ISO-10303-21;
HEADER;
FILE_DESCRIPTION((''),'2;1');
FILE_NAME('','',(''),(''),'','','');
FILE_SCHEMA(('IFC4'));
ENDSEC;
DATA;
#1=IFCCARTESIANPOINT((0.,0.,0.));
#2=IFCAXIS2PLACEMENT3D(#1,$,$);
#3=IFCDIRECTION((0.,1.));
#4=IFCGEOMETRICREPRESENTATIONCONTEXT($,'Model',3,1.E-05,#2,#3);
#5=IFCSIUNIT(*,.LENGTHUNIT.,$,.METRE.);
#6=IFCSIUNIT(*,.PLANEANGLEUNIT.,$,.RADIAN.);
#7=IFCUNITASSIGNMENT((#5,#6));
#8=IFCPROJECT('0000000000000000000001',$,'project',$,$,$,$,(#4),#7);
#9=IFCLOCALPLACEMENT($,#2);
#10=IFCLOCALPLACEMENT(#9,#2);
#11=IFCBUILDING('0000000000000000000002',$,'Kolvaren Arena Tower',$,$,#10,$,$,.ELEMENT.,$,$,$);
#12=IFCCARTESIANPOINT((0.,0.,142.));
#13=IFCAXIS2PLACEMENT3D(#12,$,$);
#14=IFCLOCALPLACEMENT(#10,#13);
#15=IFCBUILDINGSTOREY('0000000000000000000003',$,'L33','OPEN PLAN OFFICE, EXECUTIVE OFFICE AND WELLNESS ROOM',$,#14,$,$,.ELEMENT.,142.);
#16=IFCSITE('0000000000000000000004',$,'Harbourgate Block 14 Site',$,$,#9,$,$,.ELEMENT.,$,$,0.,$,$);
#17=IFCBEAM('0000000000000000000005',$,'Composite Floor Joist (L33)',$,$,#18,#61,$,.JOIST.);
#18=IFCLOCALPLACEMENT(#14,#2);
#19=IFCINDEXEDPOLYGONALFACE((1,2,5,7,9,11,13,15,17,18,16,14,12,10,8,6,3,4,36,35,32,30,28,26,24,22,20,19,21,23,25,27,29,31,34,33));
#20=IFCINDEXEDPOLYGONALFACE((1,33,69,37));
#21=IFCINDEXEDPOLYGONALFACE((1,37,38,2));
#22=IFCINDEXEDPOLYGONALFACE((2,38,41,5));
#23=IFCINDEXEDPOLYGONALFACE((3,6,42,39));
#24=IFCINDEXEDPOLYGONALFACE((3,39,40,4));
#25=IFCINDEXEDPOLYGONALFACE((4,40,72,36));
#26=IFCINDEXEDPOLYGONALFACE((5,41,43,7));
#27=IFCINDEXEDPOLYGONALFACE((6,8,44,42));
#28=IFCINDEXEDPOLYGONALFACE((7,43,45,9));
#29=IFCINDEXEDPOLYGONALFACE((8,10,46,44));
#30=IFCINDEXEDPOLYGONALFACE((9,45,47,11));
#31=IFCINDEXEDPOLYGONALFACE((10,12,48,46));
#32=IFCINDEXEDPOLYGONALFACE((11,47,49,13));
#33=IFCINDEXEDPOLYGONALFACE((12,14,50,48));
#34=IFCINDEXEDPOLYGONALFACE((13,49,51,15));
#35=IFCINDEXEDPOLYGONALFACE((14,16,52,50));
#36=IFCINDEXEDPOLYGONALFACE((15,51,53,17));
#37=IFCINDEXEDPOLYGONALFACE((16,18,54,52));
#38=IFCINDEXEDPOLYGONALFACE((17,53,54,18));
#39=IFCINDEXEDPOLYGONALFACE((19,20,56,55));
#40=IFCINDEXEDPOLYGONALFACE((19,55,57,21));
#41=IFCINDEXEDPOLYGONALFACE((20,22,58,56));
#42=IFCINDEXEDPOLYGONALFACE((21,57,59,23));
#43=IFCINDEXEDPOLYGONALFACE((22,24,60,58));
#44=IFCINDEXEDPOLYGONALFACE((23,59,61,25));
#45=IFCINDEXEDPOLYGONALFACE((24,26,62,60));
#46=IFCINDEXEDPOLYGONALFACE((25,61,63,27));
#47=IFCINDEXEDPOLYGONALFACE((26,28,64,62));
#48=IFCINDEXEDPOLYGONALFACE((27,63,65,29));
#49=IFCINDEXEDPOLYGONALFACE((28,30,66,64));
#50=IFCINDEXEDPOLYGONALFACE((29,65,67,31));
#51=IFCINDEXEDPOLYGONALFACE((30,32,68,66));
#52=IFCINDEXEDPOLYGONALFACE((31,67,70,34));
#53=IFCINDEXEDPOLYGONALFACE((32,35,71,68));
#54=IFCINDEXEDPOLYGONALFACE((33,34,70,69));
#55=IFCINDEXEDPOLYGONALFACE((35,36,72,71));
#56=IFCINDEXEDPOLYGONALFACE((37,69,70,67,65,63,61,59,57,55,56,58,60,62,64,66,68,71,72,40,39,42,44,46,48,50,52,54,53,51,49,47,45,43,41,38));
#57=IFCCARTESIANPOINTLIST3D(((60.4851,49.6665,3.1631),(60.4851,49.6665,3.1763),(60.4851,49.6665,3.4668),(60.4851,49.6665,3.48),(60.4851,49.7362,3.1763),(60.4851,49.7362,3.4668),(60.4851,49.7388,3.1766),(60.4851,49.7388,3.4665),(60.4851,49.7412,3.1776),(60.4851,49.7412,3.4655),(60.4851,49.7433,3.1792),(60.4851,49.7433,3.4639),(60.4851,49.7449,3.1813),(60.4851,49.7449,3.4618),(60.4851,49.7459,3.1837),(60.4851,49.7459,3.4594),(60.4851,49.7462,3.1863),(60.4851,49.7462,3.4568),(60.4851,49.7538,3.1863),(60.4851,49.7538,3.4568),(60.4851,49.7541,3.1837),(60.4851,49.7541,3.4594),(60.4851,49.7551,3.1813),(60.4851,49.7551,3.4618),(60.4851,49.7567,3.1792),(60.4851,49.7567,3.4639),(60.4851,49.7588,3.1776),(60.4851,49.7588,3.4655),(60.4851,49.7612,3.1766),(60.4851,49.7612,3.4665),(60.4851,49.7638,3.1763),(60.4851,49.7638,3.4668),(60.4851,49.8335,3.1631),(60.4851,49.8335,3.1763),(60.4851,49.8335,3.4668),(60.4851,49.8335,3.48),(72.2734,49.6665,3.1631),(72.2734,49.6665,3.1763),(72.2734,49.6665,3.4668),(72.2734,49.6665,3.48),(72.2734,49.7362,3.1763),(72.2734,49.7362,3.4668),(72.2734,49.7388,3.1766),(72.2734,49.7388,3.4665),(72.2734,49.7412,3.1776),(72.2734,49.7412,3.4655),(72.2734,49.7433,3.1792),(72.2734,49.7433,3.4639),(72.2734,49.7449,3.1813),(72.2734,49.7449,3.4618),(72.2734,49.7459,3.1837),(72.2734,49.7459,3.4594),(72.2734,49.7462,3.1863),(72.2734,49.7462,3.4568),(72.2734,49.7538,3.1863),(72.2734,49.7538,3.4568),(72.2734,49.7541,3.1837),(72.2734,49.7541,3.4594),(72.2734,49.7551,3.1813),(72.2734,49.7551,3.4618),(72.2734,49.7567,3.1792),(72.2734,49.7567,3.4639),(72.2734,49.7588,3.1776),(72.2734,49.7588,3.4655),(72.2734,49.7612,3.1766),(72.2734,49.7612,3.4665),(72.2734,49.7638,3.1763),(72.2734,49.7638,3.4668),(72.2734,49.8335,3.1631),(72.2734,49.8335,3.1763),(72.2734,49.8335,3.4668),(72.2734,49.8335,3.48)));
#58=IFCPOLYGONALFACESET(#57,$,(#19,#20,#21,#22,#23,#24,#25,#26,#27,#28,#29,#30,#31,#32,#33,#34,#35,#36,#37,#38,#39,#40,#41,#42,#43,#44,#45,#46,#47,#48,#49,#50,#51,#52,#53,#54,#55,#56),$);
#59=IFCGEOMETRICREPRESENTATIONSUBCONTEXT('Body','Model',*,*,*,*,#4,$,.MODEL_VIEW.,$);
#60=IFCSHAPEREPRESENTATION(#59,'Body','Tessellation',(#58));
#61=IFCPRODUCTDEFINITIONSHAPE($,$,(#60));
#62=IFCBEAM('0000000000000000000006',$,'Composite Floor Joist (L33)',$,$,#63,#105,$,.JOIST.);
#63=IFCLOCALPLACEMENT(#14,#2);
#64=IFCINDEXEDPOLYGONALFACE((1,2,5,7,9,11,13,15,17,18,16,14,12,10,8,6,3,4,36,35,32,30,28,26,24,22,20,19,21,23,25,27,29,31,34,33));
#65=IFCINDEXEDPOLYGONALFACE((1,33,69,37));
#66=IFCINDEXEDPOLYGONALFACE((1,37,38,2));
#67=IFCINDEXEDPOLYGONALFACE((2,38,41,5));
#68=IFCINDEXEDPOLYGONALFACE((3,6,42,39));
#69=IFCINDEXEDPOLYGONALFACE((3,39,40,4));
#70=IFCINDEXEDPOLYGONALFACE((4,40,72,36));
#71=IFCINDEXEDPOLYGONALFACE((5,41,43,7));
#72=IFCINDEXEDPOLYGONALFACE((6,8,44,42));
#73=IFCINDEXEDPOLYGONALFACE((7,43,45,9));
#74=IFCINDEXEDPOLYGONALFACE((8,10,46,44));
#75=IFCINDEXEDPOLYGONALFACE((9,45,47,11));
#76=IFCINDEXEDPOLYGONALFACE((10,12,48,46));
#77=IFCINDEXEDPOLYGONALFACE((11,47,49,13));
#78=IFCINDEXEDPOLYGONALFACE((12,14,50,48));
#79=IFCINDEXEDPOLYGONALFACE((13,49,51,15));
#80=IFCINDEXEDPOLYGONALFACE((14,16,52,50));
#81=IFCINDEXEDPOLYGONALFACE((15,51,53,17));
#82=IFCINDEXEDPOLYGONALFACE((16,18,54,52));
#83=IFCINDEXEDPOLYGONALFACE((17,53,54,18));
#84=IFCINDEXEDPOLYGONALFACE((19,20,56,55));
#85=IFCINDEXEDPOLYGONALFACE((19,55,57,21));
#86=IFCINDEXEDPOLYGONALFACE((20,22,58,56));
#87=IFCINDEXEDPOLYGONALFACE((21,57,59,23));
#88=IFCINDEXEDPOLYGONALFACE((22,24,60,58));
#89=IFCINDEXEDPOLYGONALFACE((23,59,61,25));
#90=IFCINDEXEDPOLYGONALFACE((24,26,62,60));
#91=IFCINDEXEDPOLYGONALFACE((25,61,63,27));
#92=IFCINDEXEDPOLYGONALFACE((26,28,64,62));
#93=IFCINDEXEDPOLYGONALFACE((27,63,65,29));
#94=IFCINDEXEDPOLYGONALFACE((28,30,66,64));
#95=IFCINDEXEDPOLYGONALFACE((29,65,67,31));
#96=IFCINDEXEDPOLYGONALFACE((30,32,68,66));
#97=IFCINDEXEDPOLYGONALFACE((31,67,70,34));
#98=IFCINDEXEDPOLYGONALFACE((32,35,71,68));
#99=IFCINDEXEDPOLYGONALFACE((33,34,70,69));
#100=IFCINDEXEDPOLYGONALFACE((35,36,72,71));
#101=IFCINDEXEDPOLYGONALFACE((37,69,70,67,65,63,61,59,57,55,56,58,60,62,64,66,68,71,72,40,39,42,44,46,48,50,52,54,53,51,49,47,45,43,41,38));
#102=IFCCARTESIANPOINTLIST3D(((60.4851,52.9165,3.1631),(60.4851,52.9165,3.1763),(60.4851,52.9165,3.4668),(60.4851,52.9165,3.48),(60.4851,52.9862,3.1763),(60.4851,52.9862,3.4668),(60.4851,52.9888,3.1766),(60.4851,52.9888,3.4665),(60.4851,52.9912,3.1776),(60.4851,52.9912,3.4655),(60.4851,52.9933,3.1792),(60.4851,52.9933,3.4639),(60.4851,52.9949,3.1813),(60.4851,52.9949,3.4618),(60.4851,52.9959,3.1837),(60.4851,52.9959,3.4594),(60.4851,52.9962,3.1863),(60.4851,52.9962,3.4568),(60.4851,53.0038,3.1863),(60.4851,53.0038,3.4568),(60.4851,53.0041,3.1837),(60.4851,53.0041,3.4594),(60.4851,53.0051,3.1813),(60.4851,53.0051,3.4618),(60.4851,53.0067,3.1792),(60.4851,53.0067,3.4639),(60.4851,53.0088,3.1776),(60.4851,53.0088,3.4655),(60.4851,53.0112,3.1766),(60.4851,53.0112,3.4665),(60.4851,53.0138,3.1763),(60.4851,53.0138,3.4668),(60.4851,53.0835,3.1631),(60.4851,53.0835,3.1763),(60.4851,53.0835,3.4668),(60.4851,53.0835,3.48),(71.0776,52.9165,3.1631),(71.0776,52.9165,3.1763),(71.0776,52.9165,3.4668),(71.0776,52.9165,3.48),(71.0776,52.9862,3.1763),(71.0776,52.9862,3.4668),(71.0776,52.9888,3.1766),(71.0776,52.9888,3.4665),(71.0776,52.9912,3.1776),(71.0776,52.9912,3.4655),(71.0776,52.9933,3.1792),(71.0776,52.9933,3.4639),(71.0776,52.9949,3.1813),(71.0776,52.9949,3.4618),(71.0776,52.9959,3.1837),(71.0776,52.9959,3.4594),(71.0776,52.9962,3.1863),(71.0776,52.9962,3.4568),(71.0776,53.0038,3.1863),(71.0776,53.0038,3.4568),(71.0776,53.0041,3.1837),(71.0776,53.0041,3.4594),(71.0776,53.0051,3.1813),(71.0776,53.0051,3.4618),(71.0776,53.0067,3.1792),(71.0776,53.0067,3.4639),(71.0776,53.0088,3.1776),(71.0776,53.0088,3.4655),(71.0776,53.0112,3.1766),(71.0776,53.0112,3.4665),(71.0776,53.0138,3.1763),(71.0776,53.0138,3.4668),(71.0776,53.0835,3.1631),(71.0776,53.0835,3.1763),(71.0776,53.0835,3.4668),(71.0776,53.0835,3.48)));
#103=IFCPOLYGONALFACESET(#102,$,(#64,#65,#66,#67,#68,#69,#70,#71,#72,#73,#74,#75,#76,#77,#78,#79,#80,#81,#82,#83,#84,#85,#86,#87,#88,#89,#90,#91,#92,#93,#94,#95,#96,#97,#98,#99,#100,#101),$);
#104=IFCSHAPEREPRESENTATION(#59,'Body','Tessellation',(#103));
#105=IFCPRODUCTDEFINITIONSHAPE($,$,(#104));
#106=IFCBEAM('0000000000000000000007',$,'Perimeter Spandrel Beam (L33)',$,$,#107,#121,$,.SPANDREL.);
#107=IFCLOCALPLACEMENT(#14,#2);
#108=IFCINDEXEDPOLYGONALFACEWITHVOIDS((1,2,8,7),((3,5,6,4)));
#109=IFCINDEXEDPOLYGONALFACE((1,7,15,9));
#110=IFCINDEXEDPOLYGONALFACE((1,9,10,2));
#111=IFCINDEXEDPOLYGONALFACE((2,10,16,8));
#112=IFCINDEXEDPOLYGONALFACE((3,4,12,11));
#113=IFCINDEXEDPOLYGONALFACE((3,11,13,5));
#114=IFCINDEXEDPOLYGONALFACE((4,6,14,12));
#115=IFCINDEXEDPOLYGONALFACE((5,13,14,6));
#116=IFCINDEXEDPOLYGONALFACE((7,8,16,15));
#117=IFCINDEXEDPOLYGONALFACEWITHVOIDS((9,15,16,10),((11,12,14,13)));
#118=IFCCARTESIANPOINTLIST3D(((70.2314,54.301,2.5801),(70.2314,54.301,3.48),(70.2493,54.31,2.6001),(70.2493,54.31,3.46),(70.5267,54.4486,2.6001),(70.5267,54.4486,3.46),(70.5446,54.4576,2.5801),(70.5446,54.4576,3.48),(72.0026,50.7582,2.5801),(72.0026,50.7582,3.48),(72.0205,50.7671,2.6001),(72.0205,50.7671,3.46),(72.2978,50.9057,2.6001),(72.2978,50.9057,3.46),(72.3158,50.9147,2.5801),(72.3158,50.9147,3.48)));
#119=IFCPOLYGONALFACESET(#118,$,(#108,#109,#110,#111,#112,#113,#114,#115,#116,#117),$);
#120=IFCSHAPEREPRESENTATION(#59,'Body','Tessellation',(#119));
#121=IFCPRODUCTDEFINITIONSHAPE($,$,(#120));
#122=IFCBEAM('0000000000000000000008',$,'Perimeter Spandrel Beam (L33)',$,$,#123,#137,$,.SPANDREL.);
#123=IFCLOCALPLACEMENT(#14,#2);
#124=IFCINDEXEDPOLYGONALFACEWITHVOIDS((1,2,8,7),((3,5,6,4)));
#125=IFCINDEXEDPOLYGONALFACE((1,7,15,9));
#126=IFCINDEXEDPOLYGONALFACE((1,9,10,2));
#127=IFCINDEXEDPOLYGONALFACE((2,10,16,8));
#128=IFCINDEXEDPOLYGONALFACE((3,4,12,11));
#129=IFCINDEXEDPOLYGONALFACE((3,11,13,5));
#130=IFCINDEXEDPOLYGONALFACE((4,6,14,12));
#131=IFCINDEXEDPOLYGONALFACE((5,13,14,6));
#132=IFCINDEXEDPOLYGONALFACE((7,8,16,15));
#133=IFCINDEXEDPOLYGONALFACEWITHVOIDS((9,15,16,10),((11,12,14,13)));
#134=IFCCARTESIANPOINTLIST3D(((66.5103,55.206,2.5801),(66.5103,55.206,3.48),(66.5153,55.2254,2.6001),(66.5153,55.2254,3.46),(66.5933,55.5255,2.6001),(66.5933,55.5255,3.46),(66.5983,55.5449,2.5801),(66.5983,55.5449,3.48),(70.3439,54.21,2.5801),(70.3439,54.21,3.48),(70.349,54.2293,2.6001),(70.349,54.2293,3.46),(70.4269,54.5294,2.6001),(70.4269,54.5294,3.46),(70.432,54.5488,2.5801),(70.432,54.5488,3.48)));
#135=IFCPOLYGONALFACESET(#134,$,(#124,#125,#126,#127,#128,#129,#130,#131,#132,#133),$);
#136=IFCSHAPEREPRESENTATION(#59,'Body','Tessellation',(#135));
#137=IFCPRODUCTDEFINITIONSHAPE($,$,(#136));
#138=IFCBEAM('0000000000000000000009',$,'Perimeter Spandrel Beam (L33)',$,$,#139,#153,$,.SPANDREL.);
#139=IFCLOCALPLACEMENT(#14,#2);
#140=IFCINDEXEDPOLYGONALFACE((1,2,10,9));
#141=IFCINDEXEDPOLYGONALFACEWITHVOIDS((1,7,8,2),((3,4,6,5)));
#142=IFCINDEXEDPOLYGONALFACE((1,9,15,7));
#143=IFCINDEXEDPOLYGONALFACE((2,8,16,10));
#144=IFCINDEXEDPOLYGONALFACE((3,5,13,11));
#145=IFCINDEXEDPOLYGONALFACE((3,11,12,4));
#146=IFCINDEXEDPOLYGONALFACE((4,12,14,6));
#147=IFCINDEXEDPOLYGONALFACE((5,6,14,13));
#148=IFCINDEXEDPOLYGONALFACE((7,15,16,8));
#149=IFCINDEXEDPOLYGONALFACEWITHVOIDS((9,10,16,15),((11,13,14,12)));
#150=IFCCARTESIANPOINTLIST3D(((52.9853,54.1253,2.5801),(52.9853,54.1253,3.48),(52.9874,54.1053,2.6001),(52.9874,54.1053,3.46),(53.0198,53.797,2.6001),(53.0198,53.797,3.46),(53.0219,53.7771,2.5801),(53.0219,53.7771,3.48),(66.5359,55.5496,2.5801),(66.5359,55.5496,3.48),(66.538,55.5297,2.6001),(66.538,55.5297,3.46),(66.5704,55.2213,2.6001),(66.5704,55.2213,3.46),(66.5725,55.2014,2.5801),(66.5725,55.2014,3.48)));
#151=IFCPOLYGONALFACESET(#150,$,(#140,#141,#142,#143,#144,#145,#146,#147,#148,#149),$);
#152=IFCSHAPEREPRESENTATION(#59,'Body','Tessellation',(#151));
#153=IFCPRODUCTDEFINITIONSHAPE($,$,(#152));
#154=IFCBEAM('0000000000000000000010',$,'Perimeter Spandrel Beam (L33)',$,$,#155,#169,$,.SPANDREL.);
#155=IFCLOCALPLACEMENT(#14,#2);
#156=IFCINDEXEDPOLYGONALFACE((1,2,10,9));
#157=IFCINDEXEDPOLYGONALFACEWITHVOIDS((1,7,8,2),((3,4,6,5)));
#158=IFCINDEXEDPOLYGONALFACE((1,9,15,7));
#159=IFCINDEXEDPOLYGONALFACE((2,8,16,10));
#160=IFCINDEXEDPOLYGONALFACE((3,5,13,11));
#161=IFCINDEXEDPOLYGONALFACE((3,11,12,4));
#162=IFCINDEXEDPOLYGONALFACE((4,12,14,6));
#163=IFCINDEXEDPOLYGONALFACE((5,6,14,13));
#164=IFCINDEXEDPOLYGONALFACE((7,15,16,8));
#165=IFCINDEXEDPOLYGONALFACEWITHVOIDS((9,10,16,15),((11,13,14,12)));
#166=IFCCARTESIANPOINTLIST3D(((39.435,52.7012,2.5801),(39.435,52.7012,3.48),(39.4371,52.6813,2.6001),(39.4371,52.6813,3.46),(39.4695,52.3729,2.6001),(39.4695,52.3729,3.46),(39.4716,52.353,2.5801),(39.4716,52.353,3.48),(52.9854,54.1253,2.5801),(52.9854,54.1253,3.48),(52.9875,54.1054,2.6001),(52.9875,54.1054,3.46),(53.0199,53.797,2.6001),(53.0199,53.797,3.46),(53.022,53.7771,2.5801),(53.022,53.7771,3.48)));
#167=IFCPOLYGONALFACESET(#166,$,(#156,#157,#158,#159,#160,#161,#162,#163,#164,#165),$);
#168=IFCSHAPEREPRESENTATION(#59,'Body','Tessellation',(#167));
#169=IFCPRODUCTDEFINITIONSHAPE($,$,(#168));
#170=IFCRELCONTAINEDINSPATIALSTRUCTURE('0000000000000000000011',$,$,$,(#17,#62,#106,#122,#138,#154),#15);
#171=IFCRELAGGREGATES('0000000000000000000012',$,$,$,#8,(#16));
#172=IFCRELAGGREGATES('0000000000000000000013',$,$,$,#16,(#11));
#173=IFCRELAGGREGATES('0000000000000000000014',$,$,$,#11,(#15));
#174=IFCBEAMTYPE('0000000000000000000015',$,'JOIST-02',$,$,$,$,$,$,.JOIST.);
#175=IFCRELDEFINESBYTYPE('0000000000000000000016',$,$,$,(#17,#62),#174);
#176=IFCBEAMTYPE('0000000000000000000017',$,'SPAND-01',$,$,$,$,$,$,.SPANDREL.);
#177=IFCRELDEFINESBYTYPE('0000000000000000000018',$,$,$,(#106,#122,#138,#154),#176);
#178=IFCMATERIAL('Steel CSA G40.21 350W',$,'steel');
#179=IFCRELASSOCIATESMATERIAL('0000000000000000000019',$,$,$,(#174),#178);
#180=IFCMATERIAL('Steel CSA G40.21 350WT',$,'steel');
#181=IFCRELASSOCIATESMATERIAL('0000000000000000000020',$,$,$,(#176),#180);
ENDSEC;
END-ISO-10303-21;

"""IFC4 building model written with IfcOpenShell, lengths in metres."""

from ifc_helpers import new_model, si_unit, direction, frame, origin, origin_2d, place, context, subcontext, project, spatial, hollow_rectangle, i_section, extrude, material, material_profile, profile_set, type_object, element, save


model = new_model("IFC4")

# Units and contexts
model_context = context("Model", 3, precision=1e-05, world=origin(), true_north=direction((0.0, 1.0)))
body_context = subcontext(model_context, "Body", "Model", "MODEL_VIEW")
ifc_project = project(units=[si_unit("LENGTHUNIT", "METRE"), si_unit("PLANEANGLEUNIT", "RADIAN")], contexts=[model_context])

# Site, building, storey
site_placement = place(None, origin())
site = spatial("IfcSite", under=ifc_project, at=site_placement, Name="Harbourgate Block 14 Site", CompositionType="ELEMENT", RefElevation=0.0)
building_placement = place(site_placement, origin())
building = spatial("IfcBuilding", under=site, at=building_placement, Name="Kolvaren Arena Tower", CompositionType="ELEMENT")
storey_placement = place(building_placement, frame((0.0, 0.0, 142.0)))
storey = spatial("IfcBuildingStorey", under=building, at=storey_placement, Name="L33", Description="OPEN PLAN OFFICE, EXECUTIVE OFFICE AND WELLNESS ROOM", CompositionType="ELEMENT", Elevation=142.0)

# Beams
ifc_material_1 = material(Name="Steel CSA G40.21 350W", Category="steel")
ifc_material_profile_1 = material_profile(ifc_material_1, i_section(OverallWidth=0.167, OverallDepth=0.3169, WebThickness=0.0076, FlangeThickness=0.0132, FilletRadius=0.01, at=origin_2d()), Name="W310x52")
ifc_profile_set_1 = profile_set([ifc_material_profile_1], Name="Steel CSA G40.21 350W")
beam_type_1 = type_object("IfcBeamType", Name="JOIST-02", PredefinedType="JOIST", material=ifc_profile_set_1)
beam_1_placement = place(storey_placement, frame((60.4851, 49.75, 3.3215), z_axis=(1.0, 0.0, 0.0), x_axis=(0.0, 1.0, 0.0)))
element("IfcBeam", 1, at=beam_1_placement, inside=storey, type_object=beam_type_1, Name="Composite Floor Joist (L33)", PredefinedType="JOIST", context=body_context, shape_type="SweptSolid", body=[
    extrude(i_section(OverallWidth=0.167, OverallDepth=0.3169, WebThickness=0.0076, FlangeThickness=0.0132, FilletRadius=0.01, at=origin_2d()), origin(), (0.0, 0.0, 1.0), 11.7883),
])
beam_2_placement = place(storey_placement, frame((60.4851, 53.0, 3.3215), z_axis=(1.0, 0.0, 0.0), x_axis=(0.0, 1.0, 0.0)))
element("IfcBeam", 2, at=beam_2_placement, inside=storey, type_object=beam_type_1, Name="Composite Floor Joist (L33)", PredefinedType="JOIST", context=body_context, shape_type="SweptSolid", body=[
    extrude(i_section(OverallWidth=0.167, OverallDepth=0.3169, WebThickness=0.0076, FlangeThickness=0.0132, FilletRadius=0.01, at=origin_2d()), origin(), (0.0, 0.0, 1.0), 10.5925),
])
ifc_material_2 = material(Name="Steel CSA G40.21 350WT", Category="steel")
ifc_material_profile_2 = material_profile(ifc_material_2, hollow_rectangle(XDim=0.3501, YDim=0.8999, WallThickness=0.02, at=origin_2d()), Name="HSS 900x350x20")
ifc_profile_set_2 = profile_set([ifc_material_profile_2], Name="Steel CSA G40.21 350WT")
beam_type_2 = type_object("IfcBeamType", Name="SPAND-01", PredefinedType="SPANDREL", material=ifc_profile_set_2)
for number, where, z_axis, x_axis, name in (
    (3, (72.1592, 50.8364, 3.03), (-0.447164, 0.894452, 0.0), (-0.894452, -0.447164, 0.0), "Perimeter Spandrel Beam (L33)"),
    (4, (70.3879, 54.3794, 3.03), (-0.967864, 0.251473, 0.0), (-0.251473, -0.967864, 0.0), "Perimeter Spandrel Beam (L33)"),
):
    element("IfcBeam", number, at=place(storey_placement, frame(where, z_axis=z_axis, x_axis=x_axis)), inside=storey, type_object=beam_type_2, Name=name, PredefinedType="SPANDREL", context=body_context, shape_type="SweptSolid", body=[
        extrude(hollow_rectangle(XDim=0.3501, YDim=0.8999, WallThickness=0.02, at=origin_2d()), origin(), (0.0, 0.0, 1.0), 3.9609),
    ])
beam_3_placement = place(storey_placement, frame((66.5542, 55.3755, 3.03), z_axis=(-0.994521, -0.104536, 0.0), x_axis=(0.104536, -0.994521, 0.0)))
element("IfcBeam", 5, at=beam_3_placement, inside=storey, type_object=beam_type_2, Name="Perimeter Spandrel Beam (L33)", PredefinedType="SPANDREL", context=body_context, shape_type="SweptSolid", body=[
    extrude(hollow_rectangle(XDim=0.3501, YDim=0.8999, WallThickness=0.02, at=origin_2d()), origin(), (0.0, 0.0, 1.0), 13.6252),
])
beam_4_placement = place(storey_placement, frame((53.0037, 53.9512, 3.03), z_axis=(-0.994523, -0.10452, 0.0), x_axis=(0.10452, -0.994523, 0.0)))
element("IfcBeam", 6, at=beam_4_placement, inside=storey, type_object=beam_type_2, Name="Perimeter Spandrel Beam (L33)", PredefinedType="SPANDREL", context=body_context, shape_type="SweptSolid", body=[
    extrude(hollow_rectangle(XDim=0.3501, YDim=0.8999, WallThickness=0.02, at=origin_2d()), origin(), (0.0, 0.0, 1.0), 13.625),
])

save(model, "model.ifc")
